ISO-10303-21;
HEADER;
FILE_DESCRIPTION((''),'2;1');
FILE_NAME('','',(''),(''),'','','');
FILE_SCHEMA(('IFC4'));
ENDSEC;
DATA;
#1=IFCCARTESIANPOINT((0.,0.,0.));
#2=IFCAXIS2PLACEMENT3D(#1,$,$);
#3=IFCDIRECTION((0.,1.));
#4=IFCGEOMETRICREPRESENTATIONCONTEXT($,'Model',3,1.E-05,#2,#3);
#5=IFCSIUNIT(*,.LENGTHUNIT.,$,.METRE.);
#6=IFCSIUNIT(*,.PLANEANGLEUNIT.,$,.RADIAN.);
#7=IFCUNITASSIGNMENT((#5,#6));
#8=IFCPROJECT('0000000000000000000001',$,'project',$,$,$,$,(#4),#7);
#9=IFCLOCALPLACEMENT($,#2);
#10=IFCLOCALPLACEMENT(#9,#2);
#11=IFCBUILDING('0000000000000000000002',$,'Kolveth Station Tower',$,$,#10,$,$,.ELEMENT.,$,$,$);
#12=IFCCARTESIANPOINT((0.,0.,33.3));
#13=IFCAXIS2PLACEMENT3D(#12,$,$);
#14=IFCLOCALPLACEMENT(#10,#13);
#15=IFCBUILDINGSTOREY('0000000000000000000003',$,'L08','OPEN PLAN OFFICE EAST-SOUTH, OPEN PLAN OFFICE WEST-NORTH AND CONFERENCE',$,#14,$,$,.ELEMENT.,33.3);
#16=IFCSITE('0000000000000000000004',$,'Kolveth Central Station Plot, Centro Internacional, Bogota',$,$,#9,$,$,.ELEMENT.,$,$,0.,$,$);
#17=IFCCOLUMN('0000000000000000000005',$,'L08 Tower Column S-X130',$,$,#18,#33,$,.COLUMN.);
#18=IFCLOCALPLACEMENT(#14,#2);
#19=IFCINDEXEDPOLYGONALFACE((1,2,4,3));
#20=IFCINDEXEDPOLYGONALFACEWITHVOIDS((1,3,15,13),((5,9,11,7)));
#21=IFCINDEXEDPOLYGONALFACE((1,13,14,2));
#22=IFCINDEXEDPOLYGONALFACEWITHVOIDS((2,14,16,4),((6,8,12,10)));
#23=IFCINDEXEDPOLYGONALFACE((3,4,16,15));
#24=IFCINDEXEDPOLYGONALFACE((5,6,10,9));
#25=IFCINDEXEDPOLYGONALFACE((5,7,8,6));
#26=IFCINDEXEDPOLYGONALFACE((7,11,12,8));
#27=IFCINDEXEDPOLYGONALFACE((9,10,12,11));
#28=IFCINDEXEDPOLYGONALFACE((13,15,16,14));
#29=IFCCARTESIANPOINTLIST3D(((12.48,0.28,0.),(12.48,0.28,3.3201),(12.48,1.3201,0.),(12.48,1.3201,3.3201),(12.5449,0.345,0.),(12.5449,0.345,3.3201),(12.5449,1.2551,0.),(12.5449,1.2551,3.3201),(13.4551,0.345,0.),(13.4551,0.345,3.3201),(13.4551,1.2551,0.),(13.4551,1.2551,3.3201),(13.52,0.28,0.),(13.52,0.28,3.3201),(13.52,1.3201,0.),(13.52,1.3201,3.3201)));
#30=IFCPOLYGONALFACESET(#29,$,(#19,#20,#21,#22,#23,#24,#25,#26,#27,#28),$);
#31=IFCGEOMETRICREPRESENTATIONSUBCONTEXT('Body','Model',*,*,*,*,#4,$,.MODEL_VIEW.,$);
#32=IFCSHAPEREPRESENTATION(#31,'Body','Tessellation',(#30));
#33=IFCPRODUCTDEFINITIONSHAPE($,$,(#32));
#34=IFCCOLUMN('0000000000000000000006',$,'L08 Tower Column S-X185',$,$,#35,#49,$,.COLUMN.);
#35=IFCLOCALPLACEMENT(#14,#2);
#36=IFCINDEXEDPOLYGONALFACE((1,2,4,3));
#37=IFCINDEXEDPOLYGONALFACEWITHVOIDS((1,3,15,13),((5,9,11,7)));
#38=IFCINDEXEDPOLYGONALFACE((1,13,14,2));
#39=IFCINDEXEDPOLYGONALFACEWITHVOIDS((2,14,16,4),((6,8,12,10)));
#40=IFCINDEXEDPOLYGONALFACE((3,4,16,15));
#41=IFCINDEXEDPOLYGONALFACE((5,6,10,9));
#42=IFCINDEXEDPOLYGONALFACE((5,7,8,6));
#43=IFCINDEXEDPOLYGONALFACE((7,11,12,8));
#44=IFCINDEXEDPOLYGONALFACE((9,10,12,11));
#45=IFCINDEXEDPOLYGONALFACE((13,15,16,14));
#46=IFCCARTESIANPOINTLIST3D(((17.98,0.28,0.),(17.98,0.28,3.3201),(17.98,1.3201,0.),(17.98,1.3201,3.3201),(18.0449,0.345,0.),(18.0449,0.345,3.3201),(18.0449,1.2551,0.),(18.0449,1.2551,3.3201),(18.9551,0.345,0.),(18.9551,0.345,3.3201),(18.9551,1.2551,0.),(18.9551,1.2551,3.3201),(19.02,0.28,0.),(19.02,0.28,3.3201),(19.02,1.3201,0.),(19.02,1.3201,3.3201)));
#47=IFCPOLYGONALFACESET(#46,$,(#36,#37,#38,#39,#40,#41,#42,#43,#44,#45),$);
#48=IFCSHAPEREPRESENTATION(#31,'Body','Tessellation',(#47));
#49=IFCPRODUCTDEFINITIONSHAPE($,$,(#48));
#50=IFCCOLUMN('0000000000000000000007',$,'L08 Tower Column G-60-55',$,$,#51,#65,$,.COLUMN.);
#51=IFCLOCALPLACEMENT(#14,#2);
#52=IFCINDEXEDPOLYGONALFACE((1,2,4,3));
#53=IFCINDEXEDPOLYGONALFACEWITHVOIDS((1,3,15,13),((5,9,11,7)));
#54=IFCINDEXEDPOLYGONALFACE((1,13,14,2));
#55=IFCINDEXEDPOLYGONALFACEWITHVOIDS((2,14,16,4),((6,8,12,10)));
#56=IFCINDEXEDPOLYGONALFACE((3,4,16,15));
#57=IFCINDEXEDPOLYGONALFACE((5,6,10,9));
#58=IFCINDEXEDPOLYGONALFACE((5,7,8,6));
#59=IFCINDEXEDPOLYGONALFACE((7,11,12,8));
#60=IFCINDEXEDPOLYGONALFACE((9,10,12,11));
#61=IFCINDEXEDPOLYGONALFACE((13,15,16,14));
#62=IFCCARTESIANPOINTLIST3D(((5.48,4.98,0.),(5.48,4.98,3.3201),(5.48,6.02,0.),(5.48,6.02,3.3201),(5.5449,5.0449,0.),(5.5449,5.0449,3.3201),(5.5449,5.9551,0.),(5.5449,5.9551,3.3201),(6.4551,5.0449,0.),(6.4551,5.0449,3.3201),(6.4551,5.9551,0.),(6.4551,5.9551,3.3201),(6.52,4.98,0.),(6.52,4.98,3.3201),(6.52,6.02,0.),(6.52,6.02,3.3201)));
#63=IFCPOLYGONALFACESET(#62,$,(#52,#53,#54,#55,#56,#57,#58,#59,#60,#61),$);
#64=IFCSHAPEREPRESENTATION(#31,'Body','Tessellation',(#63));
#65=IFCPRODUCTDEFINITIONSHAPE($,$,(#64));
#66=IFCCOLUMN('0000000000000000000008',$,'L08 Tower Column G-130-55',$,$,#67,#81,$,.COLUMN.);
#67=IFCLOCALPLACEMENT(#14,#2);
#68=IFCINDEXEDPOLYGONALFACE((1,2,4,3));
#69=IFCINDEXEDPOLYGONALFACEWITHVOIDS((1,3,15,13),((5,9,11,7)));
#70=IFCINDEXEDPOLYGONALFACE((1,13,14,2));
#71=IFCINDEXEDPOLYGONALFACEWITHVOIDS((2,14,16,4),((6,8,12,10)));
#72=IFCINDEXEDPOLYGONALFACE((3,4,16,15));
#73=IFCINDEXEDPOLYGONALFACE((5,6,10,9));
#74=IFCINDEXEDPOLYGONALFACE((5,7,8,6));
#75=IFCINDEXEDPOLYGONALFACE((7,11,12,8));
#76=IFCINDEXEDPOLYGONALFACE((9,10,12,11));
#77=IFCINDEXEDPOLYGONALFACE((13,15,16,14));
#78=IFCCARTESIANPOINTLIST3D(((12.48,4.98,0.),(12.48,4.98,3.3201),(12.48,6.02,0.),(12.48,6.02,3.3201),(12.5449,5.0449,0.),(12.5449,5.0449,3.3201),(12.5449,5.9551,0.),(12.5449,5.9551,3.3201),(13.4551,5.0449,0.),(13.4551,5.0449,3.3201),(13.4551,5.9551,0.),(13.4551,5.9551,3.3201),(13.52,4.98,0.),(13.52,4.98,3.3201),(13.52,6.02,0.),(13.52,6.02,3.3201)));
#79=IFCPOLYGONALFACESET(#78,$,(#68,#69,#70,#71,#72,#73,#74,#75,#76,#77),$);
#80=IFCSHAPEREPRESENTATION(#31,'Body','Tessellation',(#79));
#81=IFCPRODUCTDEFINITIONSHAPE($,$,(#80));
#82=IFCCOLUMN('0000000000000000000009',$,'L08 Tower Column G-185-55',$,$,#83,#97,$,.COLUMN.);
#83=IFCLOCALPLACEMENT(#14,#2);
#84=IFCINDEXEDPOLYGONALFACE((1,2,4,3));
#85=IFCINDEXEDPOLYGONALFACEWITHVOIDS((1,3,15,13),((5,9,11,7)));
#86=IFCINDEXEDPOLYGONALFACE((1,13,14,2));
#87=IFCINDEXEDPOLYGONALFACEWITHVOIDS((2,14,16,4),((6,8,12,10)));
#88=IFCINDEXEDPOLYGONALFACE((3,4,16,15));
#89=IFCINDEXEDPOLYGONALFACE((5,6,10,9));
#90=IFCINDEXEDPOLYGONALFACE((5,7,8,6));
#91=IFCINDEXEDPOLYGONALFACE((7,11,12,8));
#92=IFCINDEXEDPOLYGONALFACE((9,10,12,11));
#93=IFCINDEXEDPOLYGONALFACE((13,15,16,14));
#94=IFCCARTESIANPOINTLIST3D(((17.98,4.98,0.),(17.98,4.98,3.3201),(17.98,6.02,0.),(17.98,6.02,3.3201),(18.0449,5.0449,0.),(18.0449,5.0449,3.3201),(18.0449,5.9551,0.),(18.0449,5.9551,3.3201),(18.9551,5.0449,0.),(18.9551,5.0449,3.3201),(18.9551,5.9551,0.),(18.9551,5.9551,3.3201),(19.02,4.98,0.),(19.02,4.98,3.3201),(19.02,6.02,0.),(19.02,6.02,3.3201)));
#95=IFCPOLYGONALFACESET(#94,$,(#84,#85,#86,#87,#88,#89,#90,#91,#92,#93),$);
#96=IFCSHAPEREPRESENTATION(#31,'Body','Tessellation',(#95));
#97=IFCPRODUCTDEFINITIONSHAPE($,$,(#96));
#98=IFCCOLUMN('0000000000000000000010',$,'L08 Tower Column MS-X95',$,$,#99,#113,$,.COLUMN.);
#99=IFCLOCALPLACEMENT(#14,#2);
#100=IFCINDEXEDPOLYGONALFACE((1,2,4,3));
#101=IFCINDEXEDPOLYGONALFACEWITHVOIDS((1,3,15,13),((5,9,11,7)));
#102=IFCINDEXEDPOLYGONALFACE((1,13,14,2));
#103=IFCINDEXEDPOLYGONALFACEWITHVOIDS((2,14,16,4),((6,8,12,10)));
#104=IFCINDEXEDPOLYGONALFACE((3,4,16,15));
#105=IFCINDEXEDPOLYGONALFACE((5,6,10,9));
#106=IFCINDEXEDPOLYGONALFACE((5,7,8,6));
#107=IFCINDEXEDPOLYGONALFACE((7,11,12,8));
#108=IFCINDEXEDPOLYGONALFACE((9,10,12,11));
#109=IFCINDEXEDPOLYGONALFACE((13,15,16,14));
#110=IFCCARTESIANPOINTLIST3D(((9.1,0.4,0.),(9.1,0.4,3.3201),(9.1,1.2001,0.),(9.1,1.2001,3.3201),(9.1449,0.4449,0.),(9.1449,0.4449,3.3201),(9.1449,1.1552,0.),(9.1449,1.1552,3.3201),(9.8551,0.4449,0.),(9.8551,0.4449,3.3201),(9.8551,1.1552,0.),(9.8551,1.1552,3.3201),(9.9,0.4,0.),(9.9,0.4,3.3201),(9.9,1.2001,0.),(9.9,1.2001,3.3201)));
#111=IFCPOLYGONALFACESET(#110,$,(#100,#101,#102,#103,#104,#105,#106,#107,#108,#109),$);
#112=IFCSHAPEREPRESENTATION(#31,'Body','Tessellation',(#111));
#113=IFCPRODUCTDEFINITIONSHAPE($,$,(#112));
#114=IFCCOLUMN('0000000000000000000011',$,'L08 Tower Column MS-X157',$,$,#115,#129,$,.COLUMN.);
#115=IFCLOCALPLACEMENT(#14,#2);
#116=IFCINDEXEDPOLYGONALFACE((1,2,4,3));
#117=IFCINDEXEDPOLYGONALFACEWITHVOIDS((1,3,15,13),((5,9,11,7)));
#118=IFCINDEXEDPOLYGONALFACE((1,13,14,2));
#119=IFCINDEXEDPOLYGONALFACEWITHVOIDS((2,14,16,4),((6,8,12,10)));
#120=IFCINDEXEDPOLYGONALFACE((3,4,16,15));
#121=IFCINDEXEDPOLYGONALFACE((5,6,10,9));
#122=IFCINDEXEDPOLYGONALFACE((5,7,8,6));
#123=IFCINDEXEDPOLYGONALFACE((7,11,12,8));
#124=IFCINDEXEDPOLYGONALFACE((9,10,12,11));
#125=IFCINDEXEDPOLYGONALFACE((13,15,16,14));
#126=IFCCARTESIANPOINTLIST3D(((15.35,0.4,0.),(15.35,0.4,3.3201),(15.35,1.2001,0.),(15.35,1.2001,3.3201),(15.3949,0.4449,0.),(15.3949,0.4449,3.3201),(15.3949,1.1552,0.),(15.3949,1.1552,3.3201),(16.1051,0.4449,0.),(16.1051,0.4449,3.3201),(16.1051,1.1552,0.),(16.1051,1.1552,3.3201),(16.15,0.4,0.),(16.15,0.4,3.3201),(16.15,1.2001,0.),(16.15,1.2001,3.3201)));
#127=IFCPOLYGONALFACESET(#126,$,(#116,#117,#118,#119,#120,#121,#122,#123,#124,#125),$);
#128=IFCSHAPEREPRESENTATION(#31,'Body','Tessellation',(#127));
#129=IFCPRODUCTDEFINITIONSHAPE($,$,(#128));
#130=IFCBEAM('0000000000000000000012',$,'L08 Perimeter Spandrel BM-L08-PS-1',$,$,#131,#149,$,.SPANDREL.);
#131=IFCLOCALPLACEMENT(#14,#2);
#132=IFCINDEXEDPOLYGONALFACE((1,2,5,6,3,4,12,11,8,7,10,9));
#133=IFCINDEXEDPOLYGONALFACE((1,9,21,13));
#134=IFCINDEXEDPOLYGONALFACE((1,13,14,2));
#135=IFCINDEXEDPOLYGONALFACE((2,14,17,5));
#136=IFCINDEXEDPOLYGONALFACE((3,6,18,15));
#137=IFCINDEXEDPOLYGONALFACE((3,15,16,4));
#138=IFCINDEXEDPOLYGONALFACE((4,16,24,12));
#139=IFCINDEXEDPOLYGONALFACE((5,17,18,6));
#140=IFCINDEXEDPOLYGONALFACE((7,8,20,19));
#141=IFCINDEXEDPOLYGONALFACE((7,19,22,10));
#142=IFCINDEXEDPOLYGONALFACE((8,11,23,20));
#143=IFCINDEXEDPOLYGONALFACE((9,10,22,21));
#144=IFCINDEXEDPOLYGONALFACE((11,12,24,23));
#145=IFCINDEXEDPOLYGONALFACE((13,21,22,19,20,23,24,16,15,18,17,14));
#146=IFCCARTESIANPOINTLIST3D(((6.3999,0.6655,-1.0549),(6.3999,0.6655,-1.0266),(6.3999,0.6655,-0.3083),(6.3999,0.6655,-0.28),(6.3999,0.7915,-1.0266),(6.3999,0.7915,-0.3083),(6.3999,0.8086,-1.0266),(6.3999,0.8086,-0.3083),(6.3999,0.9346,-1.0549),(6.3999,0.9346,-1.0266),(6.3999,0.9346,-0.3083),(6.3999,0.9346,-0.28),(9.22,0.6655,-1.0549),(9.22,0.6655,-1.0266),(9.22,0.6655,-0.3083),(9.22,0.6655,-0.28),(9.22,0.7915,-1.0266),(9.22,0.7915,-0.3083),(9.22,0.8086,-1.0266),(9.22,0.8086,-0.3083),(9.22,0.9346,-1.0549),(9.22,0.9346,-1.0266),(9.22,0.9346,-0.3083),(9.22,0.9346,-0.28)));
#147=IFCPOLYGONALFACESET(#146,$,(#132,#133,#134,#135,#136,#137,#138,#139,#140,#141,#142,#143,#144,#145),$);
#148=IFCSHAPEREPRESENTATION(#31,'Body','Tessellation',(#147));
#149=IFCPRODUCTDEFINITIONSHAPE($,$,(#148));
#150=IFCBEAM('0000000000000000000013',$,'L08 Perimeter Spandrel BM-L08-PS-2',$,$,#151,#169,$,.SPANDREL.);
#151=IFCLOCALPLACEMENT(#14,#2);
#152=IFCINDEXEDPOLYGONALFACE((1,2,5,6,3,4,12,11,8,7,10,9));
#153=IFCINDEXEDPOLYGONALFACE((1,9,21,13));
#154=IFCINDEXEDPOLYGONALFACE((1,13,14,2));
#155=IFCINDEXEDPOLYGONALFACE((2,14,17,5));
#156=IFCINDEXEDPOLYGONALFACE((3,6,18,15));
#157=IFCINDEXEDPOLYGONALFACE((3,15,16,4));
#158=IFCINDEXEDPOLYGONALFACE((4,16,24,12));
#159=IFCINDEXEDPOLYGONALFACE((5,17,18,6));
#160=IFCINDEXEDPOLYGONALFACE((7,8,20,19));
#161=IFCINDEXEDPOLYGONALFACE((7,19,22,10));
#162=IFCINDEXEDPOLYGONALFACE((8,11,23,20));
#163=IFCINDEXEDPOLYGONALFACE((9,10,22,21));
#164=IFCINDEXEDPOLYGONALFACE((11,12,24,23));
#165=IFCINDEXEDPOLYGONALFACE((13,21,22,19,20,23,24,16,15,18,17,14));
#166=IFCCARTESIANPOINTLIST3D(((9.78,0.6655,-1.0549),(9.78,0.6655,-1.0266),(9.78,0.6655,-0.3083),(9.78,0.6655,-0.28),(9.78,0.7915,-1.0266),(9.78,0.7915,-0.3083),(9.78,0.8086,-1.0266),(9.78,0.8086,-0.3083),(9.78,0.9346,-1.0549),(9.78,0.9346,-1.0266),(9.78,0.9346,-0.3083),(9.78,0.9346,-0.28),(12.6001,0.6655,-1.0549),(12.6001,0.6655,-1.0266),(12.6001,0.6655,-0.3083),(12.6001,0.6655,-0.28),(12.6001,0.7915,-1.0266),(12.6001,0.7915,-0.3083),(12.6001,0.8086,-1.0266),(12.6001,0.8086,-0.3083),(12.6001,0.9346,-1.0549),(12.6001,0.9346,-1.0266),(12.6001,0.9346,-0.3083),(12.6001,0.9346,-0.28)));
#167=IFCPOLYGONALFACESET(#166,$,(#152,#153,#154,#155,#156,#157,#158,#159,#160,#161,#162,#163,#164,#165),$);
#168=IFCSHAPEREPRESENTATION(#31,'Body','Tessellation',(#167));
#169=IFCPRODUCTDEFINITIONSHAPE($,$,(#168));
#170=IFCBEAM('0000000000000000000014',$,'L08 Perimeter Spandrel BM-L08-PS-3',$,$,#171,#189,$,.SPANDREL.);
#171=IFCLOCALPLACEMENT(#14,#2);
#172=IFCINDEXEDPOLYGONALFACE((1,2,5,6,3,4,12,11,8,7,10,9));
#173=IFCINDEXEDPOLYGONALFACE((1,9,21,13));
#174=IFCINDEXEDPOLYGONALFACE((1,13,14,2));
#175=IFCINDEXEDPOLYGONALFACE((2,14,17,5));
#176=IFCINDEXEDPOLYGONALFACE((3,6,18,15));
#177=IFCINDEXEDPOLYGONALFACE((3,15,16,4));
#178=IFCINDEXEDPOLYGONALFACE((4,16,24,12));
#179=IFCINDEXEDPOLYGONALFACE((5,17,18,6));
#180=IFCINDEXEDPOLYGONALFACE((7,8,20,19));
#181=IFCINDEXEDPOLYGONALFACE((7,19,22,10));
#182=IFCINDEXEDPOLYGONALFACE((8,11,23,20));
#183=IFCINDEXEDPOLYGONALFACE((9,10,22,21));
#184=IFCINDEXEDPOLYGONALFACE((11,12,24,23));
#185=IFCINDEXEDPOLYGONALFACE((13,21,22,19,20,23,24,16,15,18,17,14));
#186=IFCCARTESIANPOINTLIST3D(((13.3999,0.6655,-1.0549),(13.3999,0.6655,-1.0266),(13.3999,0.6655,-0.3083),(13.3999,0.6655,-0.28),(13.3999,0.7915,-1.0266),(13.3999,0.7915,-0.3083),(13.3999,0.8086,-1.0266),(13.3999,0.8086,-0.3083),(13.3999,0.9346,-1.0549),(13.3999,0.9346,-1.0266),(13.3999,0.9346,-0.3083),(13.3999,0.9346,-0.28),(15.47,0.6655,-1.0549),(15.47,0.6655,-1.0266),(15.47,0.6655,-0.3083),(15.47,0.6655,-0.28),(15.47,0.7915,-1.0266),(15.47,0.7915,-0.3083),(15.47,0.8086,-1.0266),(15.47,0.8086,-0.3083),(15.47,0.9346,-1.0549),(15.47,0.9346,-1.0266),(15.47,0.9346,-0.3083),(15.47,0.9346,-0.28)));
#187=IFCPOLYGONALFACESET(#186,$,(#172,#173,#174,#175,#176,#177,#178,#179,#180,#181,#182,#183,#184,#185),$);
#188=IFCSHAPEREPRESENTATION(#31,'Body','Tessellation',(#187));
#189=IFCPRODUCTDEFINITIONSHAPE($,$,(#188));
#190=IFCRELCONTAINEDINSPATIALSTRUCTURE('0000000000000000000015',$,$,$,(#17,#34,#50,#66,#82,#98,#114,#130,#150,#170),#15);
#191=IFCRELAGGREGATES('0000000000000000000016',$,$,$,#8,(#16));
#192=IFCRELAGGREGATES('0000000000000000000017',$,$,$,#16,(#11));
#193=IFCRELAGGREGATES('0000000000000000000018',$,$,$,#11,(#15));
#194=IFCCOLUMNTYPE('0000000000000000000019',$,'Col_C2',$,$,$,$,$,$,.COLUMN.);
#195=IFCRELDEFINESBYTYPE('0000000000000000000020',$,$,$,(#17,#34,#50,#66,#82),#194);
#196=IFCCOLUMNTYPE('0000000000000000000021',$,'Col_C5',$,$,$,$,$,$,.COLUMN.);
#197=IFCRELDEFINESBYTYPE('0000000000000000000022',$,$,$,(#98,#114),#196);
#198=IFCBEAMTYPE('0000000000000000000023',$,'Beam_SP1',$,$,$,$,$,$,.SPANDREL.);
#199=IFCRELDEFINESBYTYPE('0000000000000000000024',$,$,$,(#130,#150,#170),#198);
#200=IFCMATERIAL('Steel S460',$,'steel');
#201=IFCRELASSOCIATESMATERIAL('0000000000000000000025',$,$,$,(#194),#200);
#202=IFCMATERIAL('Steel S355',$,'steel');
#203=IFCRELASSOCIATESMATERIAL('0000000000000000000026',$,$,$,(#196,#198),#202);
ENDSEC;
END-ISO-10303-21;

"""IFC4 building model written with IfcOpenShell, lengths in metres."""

from ifc_helpers import new_model, si_unit, direction, frame, origin, origin_2d, place, context, subcontext, project, spatial, hollow_rectangle, i_section, extrude, source, transform, mapped, material, material_profile, profile_set, type_object, element, save


model = new_model("IFC4")

# Units and contexts
model_context = context("Model", 3, precision=1e-05, world=origin(), true_north=direction((0.0, 1.0)))
body_context = subcontext(model_context, "Body", "Model", "MODEL_VIEW")
ifc_project = project(units=[si_unit("LENGTHUNIT", "METRE"), si_unit("PLANEANGLEUNIT", "RADIAN")], contexts=[model_context])

# Site, building, storey
site_placement = place(None, origin())
site = spatial("IfcSite", under=ifc_project, at=site_placement, Name="Kolveth Central Station Plot, Centro Internacional, Bogota", CompositionType="ELEMENT", RefElevation=0.0)
building_placement = place(site_placement, origin())
building = spatial("IfcBuilding", under=site, at=building_placement, Name="Kolveth Station Tower", CompositionType="ELEMENT")
storey_placement = place(building_placement, frame((0.0, 0.0, 33.3)))
storey = spatial("IfcBuildingStorey", under=building, at=storey_placement, Name="L08", Description="OPEN PLAN OFFICE EAST-SOUTH, OPEN PLAN OFFICE WEST-NORTH AND CONFERENCE", CompositionType="ELEMENT", Elevation=33.3)

# Columns
ifc_material_1 = material(Name="Steel S460", Category="steel")
ifc_material_profile_1 = material_profile(ifc_material_1, hollow_rectangle(XDim=1.04, YDim=1.04, WallThickness=0.0649, at=origin_2d()), Name="BOX1040x1040x65")
ifc_profile_set_1 = profile_set([ifc_material_profile_1], Name="Steel S460")
column_type_1 = type_object("IfcColumnType", Name="Col_C2", PredefinedType="COLUMN", material=ifc_profile_set_1)
shared_shape_1 = source(origin(), body_context, "Body", "SweptSolid", [
    extrude(hollow_rectangle(XDim=1.04, YDim=1.04, WallThickness=0.0649, at=origin_2d()), origin(), (0.0, 0.0, 1.0), 3.3201),
])
for number, where, z_axis, x_axis, name in (
    (1, (13.0, 0.8, 0.0), (0.0, 0.0, 1.0), (1.0, 0.0, 0.0), "L08 Tower Column S-X130"),
    (2, (18.5, 0.8, 0.0), (0.0, 0.0, 1.0), (1.0, 0.0, 0.0), "L08 Tower Column S-X185"),
    (3, (6.0, 5.5, 0.0), (0.0, 0.0, 1.0), (1.0, 0.0, 0.0), "L08 Tower Column G-60-55"),
    (4, (13.0, 5.5, 0.0), (0.0, 0.0, 1.0), (1.0, 0.0, 0.0), "L08 Tower Column G-130-55"),
    (5, (18.5, 5.5, 0.0), (0.0, 0.0, 1.0), (1.0, 0.0, 0.0), "L08 Tower Column G-185-55"),
):
    element("IfcColumn", number, at=place(storey_placement, frame(where, z_axis=z_axis, x_axis=x_axis)), inside=storey, type_object=column_type_1, Name=name, PredefinedType="COLUMN", context=body_context, shape_type="MappedRepresentation", body=[
        mapped(shared_shape_1, transform((0.0, 0.0, 0.0), x_axis=(1.0, 0.0, 0.0), y_axis=(0.0, 1.0, 0.0), z_axis=(0.0, 0.0, 1.0), scale=1.0)),
    ])
ifc_material_2 = material(Name="Steel S355", Category="steel")
ifc_material_profile_2 = material_profile(ifc_material_2, hollow_rectangle(XDim=0.8, YDim=0.8, WallThickness=0.0449, at=origin_2d()), Name="BOX800x800x45")
ifc_profile_set_2 = profile_set([ifc_material_profile_2], Name="Steel S355")
column_type_2 = type_object("IfcColumnType", Name="Col_C5", PredefinedType="COLUMN", material=ifc_profile_set_2)
shared_shape_2 = source(origin(), body_context, "Body", "SweptSolid", [
    extrude(hollow_rectangle(XDim=0.8, YDim=0.8, WallThickness=0.0449, at=origin_2d()), origin(), (0.0, 0.0, 1.0), 3.3201),
])
for number, where, z_axis, x_axis, name in (
    (6, (9.5, 0.8, 0.0), (0.0, 0.0, 1.0), (1.0, 0.0, 0.0), "L08 Tower Column MS-X95"),
    (7, (15.75, 0.8, 0.0), (0.0, 0.0, 1.0), (1.0, 0.0, 0.0), "L08 Tower Column MS-X157"),
):
    element("IfcColumn", number, at=place(storey_placement, frame(where, z_axis=z_axis, x_axis=x_axis)), inside=storey, type_object=column_type_2, Name=name, PredefinedType="COLUMN", context=body_context, shape_type="MappedRepresentation", body=[
        mapped(shared_shape_2, transform((0.0, 0.0, 0.0), x_axis=(1.0, 0.0, 0.0), y_axis=(0.0, 1.0, 0.0), z_axis=(0.0, 0.0, 1.0), scale=1.0)),
    ])

# Beams
ifc_material_profile_3 = material_profile(ifc_material_2, i_section(OverallWidth=0.269, OverallDepth=0.7749, WebThickness=0.0171, FlangeThickness=0.0283, at=origin_2d()), Name="W760x220")
ifc_profile_set_3 = profile_set([ifc_material_profile_3], Name="Steel S355")
beam_type_1 = type_object("IfcBeamType", Name="Beam_SP1", PredefinedType="SPANDREL", material=ifc_profile_set_3)
shared_shape_3 = source(origin(), body_context, "Body", "SweptSolid", [
    extrude(i_section(OverallWidth=0.269, OverallDepth=0.7749, WebThickness=0.0171, FlangeThickness=0.0283, at=origin_2d()), origin(), (0.0, 0.0, 1.0), 2.8201),
])
for number, where, z_axis, x_axis, name in (
    (8, (6.3999, 0.8, -0.6675), (1.0, 0.0, 0.0), (0.0, 1.0, 0.0), "L08 Perimeter Spandrel BM-L08-PS-1"),
    (9, (9.78, 0.8, -0.6675), (1.0, 0.0, 0.0), (0.0, 1.0, 0.0), "L08 Perimeter Spandrel BM-L08-PS-2"),
):
    element("IfcBeam", number, at=place(storey_placement, frame(where, z_axis=z_axis, x_axis=x_axis)), inside=storey, type_object=beam_type_1, Name=name, PredefinedType="SPANDREL", context=body_context, shape_type="MappedRepresentation", body=[
        mapped(shared_shape_3, transform((0.0, 0.0, 0.0), x_axis=(1.0, 0.0, 0.0), y_axis=(0.0, 1.0, 0.0), z_axis=(0.0, 0.0, 1.0), scale=1.0)),
    ])
shared_shape_4 = source(origin(), body_context, "Body", "SweptSolid", [
    extrude(i_section(OverallWidth=0.269, OverallDepth=0.7749, WebThickness=0.0171, FlangeThickness=0.0283, at=origin_2d()), origin(), (0.0, 0.0, 1.0), 2.0701),
])
for number, where, z_axis, x_axis, name in (
    (10, (13.3999, 0.8, -0.6675), (1.0, 0.0, 0.0), (0.0, 1.0, 0.0), "L08 Perimeter Spandrel BM-L08-PS-3"),
):
    element("IfcBeam", number, at=place(storey_placement, frame(where, z_axis=z_axis, x_axis=x_axis)), inside=storey, type_object=beam_type_1, Name=name, PredefinedType="SPANDREL", context=body_context, shape_type="MappedRepresentation", body=[
        mapped(shared_shape_4, transform((0.0, 0.0, 0.0), x_axis=(1.0, 0.0, 0.0), y_axis=(0.0, 1.0, 0.0), z_axis=(0.0, 0.0, 1.0), scale=1.0)),
    ])

save(model, "model.ifc")
